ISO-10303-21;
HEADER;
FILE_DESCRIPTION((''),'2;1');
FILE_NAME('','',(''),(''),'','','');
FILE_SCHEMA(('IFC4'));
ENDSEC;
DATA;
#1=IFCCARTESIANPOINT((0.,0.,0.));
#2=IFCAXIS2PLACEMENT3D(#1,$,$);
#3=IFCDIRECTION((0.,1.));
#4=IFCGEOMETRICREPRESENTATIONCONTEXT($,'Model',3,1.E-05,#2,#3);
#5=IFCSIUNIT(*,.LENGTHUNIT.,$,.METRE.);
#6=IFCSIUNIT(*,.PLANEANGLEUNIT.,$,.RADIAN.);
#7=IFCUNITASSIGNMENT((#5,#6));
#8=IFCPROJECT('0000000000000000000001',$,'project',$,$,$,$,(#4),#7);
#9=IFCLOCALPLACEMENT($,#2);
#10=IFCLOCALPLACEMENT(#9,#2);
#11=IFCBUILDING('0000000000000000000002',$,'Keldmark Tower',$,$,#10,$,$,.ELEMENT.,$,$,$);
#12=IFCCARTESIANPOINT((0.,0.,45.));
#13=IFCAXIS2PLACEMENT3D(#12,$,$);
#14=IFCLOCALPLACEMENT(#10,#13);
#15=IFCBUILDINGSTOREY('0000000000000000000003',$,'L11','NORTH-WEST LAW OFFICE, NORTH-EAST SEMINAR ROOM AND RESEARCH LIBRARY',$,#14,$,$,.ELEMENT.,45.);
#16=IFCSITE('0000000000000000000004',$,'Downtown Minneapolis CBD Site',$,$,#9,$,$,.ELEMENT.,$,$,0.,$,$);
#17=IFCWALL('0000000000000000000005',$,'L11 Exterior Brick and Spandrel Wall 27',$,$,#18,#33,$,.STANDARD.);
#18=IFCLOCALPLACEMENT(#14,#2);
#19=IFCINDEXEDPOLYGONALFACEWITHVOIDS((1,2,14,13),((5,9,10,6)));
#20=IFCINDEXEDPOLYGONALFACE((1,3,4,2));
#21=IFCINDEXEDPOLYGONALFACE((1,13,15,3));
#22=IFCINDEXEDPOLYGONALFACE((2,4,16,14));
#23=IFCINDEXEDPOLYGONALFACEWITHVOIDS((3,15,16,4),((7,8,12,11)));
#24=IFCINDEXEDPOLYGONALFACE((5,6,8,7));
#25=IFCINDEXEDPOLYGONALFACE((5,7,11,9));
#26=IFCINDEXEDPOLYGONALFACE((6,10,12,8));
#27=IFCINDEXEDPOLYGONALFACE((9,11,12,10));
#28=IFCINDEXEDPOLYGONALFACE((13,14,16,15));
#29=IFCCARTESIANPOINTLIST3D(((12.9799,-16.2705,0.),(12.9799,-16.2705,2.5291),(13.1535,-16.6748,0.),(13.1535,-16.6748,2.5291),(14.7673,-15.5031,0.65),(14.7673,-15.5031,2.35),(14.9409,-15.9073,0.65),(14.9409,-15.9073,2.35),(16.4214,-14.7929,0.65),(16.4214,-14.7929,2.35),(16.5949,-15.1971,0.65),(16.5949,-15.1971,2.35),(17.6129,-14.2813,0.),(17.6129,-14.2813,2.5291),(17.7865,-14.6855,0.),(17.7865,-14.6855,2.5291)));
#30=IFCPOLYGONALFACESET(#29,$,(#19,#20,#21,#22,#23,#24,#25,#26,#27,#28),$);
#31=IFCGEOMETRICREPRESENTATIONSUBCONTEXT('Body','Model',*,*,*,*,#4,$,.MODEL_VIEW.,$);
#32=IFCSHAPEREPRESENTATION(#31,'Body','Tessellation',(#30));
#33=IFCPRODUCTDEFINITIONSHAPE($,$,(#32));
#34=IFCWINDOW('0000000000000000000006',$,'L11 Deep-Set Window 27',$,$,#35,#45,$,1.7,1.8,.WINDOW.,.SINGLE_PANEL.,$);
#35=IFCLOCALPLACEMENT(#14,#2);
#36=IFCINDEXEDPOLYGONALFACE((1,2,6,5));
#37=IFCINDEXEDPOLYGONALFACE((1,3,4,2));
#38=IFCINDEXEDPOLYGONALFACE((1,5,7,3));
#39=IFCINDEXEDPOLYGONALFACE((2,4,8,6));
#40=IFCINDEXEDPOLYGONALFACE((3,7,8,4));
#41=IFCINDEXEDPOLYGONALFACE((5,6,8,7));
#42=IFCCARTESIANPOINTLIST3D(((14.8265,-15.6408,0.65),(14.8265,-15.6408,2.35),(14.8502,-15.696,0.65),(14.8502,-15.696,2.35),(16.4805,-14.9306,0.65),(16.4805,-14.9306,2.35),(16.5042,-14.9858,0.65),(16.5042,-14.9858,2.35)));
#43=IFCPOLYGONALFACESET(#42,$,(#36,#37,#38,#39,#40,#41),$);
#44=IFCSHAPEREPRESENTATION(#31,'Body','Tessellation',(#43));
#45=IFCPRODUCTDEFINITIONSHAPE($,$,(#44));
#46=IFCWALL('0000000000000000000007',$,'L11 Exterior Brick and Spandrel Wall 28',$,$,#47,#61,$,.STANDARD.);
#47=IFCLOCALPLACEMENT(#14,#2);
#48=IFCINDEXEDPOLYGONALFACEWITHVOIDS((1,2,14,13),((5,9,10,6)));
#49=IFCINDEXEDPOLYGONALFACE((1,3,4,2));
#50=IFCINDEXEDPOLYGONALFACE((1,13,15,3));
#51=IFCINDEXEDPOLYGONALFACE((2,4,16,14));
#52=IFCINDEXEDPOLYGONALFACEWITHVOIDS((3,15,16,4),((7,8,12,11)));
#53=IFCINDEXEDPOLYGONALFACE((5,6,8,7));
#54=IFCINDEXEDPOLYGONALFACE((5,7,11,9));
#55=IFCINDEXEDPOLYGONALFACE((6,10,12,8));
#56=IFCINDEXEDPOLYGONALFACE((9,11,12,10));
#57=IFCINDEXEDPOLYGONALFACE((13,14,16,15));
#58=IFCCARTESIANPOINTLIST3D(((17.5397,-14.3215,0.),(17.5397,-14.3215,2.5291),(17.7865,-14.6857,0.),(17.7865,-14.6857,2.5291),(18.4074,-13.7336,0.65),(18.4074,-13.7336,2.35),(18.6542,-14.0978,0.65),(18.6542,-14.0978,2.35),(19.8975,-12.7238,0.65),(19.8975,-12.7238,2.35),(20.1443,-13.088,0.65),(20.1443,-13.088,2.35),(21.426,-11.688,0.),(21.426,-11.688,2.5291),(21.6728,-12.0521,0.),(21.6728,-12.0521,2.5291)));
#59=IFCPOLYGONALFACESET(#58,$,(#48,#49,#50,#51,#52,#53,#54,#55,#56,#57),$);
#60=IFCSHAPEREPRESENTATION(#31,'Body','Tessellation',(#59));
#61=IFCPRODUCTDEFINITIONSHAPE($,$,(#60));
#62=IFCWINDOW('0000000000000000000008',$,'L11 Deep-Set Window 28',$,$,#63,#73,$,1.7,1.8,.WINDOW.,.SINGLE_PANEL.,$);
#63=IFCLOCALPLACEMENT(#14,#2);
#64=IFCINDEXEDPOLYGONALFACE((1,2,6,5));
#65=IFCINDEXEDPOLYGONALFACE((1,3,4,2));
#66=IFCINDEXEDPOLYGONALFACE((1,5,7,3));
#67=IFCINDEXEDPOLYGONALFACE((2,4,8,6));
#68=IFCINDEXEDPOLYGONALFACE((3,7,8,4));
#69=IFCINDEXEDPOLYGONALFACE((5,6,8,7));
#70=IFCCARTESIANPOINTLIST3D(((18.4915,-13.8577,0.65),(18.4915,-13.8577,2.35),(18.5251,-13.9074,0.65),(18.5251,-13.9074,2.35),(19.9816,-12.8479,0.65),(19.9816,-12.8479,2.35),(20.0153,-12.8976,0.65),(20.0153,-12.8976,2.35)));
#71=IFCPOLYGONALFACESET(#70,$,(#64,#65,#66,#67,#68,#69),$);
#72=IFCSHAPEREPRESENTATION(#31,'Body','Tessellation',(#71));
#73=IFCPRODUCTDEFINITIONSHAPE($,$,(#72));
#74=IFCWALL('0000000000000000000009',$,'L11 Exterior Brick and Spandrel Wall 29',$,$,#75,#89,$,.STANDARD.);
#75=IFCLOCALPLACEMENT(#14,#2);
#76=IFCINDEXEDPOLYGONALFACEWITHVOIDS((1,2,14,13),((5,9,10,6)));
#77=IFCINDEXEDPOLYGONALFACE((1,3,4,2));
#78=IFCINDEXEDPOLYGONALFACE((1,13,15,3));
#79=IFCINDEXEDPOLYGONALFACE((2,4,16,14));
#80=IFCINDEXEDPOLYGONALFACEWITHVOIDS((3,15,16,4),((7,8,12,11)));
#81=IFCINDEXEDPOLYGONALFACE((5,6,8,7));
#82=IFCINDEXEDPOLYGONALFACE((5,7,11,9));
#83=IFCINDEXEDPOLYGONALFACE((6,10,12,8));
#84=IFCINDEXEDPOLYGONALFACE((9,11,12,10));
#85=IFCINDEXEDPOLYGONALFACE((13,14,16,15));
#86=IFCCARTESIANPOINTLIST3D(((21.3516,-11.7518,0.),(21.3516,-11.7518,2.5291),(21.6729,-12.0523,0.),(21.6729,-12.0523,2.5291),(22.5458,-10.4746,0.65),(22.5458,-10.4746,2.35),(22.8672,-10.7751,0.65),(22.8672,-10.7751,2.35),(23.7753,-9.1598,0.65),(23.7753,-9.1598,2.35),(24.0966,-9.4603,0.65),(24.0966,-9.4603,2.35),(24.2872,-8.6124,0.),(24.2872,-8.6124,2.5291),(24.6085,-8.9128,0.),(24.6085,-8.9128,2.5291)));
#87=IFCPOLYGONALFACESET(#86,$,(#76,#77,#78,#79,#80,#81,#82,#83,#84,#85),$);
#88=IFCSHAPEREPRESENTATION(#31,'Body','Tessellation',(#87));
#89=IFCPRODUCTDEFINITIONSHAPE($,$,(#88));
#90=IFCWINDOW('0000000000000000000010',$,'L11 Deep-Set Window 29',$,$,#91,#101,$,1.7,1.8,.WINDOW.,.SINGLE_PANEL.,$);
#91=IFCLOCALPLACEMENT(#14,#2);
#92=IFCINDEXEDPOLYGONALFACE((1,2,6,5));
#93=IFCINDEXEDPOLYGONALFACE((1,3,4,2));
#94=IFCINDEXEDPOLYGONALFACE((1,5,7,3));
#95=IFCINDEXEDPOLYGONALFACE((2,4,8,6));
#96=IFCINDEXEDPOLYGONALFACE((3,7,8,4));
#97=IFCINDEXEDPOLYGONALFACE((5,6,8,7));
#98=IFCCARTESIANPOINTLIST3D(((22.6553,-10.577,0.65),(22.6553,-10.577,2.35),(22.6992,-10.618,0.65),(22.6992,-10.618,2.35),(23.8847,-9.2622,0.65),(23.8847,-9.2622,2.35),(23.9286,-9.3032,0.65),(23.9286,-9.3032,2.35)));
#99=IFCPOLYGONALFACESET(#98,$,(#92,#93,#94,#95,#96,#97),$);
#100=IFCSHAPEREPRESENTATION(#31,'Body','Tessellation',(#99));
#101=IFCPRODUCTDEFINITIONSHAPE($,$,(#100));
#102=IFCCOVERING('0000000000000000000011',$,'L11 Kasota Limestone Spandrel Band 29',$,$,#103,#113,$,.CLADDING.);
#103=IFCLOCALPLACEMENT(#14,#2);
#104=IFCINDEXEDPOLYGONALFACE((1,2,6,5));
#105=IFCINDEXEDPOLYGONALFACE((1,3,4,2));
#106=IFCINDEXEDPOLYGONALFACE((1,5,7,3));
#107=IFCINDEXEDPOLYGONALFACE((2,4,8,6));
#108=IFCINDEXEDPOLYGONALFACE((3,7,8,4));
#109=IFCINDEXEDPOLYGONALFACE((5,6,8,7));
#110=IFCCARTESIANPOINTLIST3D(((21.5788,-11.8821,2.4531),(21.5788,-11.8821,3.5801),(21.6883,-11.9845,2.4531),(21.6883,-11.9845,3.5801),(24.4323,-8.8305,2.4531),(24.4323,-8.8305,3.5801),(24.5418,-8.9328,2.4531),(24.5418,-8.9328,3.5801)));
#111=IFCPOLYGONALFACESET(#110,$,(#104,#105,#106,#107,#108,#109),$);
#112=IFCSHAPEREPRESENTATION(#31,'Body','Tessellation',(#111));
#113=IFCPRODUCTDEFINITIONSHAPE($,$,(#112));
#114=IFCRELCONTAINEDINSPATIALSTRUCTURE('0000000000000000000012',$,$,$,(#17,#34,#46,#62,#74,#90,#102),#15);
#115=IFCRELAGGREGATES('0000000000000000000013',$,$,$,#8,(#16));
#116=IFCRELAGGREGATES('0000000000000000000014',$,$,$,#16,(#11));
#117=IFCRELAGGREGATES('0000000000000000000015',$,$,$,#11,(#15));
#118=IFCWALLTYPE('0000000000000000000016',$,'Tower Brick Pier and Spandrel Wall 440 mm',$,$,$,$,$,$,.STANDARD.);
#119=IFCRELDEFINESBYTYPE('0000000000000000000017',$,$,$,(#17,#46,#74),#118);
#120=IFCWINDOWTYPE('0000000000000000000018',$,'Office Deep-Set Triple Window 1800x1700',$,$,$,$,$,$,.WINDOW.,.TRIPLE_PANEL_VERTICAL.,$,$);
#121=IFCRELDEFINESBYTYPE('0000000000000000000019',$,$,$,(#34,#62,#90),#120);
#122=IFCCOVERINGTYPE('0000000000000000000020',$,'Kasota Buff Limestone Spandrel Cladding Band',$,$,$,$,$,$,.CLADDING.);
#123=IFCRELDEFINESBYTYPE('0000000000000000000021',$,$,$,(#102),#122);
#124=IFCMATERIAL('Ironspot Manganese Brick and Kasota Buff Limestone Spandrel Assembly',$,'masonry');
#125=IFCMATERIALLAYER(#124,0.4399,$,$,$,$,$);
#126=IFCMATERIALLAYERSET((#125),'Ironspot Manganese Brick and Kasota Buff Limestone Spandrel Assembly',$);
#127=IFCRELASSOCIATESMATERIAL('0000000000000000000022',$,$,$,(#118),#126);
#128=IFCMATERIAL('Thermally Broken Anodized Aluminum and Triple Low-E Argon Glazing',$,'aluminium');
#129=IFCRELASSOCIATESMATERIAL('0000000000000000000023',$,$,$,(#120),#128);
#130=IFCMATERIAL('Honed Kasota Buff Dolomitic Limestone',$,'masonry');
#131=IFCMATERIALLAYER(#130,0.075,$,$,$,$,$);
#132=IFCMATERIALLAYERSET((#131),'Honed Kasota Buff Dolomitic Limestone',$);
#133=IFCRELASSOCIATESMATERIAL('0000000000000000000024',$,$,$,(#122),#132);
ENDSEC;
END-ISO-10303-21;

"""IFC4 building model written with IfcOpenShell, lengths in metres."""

from ifc_helpers import new_model, si_unit, direction, frame, frame_2d, origin, origin_2d, place, context, subcontext, project, spatial, rectangle, extrude, material, layer, layer_set, type_object, element, fill, save


model = new_model("IFC4")

# Units and contexts
model_context = context("Model", 3, precision=1e-05, world=origin(), true_north=direction((0.0, 1.0)))
body_context = subcontext(model_context, "Body", "Model", "MODEL_VIEW")
ifc_project = project(units=[si_unit("LENGTHUNIT", "METRE"), si_unit("PLANEANGLEUNIT", "RADIAN")], contexts=[model_context])

# Site, building, storey
site_placement = place(None, origin())
site = spatial("IfcSite", under=ifc_project, at=site_placement, Name="Downtown Minneapolis CBD Site", CompositionType="ELEMENT", RefElevation=0.0)
building_placement = place(site_placement, origin())
building = spatial("IfcBuilding", under=site, at=building_placement, Name="Keldmark Tower", CompositionType="ELEMENT")
storey_placement = place(building_placement, frame((0.0, 0.0, 45.0)))
storey = spatial("IfcBuildingStorey", under=building, at=storey_placement, Name="L11", Description="NORTH-WEST LAW OFFICE, NORTH-EAST SEMINAR ROOM AND RESEARCH LIBRARY", CompositionType="ELEMENT", Elevation=45.0)

# Walls, openings, windows
ifc_material_1 = material(Name="Ironspot Manganese Brick and Kasota Buff Limestone Spandrel Assembly", Category="masonry")
ifc_layer_1 = layer(ifc_material_1, 0.4399)
ifc_layer_set_1 = layer_set([ifc_layer_1], Name="Ironspot Manganese Brick and Kasota Buff Limestone Spandrel Assembly")
wall_type_1 = type_object("IfcWallType", Name="Tower Brick Pier and Spandrel Wall 440 mm", PredefinedType="STANDARD", material=ifc_layer_set_1)
wall_1_placement = place(storey_placement, frame((17.6997, -14.4834, 0.0), z_axis=(0.0, 0.0, 1.0), x_axis=(-0.918882, -0.394533, 0.0)))
wall_1 = element("IfcWall", 1, at=wall_1_placement, inside=storey, type_object=wall_type_1, Name="L11 Exterior Brick and Spandrel Wall 27", PredefinedType="STANDARD", context=body_context, shape_type="SweptSolid", body=[
    extrude(rectangle(XDim=5.042, YDim=0.4399, at=frame_2d((2.521, 0.0))), origin(), (0.0, 0.0, 1.0), 2.5291),
])
opening_1_placement = place(wall_1_placement, frame((1.2969, 0.0, 0.6499)))
opening_1 = element("IfcOpeningElement", 2, at=opening_1_placement, cuts=wall_1, PredefinedType="OPENING", context=body_context, shape_type="SweptSolid", body=[
    extrude(rectangle(XDim=1.8, YDim=1.7, at=frame_2d((0.8999, 0.8501))), frame((0.0, 0.23, 0.0), z_axis=(0.0, -1.0, 0.0), x_axis=(1.0, 0.0, 0.0)), (0.0, 0.0, 1.0), 0.46),
])
ifc_material_2 = material(Name="Thermally Broken Anodized Aluminum and Triple Low-E Argon Glazing", Category="aluminium")
window_type = type_object("IfcWindowType", Name="Office Deep-Set Triple Window 1800x1700", PartitioningType="TRIPLE_PANEL_VERTICAL", PredefinedType="WINDOW", material=ifc_material_2)
window_1_placement = place(opening_1_placement, origin())
window_1 = element("IfcWindow", 3, at=window_1_placement, inside=storey, type_object=window_type, Name="L11 Deep-Set Window 27", OverallHeight=1.7, OverallWidth=1.8, PartitioningType="SINGLE_PANEL", PredefinedType="WINDOW", context=body_context, shape_type="SweptSolid", body=[
    extrude(rectangle(XDim=1.8, YDim=1.7, at=frame_2d((0.8999, 0.8501))), frame((0.0, -0.01, 0.0), z_axis=(0.0, -1.0, 0.0), x_axis=(1.0, 0.0, 0.0)), (0.0, 0.0, 1.0), 0.0601),
])
fill(opening_1, window_1)
wall_2_placement = place(storey_placement, frame((21.5493, -11.8701, 0.0), z_axis=(0.0, 0.0, 1.0), x_axis=(-0.827826, -0.560985, 0.0)))
wall_2 = element("IfcWall", 4, at=wall_2_placement, inside=storey, type_object=wall_type_1, Name="L11 Exterior Brick and Spandrel Wall 28", PredefinedType="STANDARD", context=body_context, shape_type="SweptSolid", body=[
    extrude(rectangle(XDim=4.6946, YDim=0.4399, at=frame_2d((2.3472, 0.0))), origin(), (0.0, 0.0, 1.0), 2.5291),
])
opening_2_placement = place(wall_2_placement, frame((1.8464, 0.0, 0.6499)))
opening_2 = element("IfcOpeningElement", 5, at=opening_2_placement, cuts=wall_2, PredefinedType="OPENING", context=body_context, shape_type="SweptSolid", body=[
    extrude(rectangle(XDim=1.8, YDim=1.7, at=frame_2d((0.8999, 0.8501))), frame((0.0, 0.23, 0.0), z_axis=(0.0, -1.0, 0.0), x_axis=(1.0, 0.0, 0.0)), (0.0, 0.0, 1.0), 0.46),
])
window_2_placement = place(opening_2_placement, origin())
window_2 = element("IfcWindow", 6, at=window_2_placement, inside=storey, type_object=window_type, Name="L11 Deep-Set Window 28", OverallHeight=1.7, OverallWidth=1.8, PartitioningType="SINGLE_PANEL", PredefinedType="WINDOW", context=body_context, shape_type="SweptSolid", body=[
    extrude(rectangle(XDim=1.8, YDim=1.7, at=frame_2d((0.8999, 0.8501))), frame((0.0, -0.01, 0.0), z_axis=(0.0, -1.0, 0.0), x_axis=(1.0, 0.0, 0.0)), (0.0, 0.0, 1.0), 0.0601),
])
fill(opening_2, window_2)
wall_3_placement = place(storey_placement, frame((24.4478, -8.7627, 0.0), z_axis=(0.0, 0.0, 1.0), x_axis=(-0.682994, -0.730424, 0.0)))
wall_3 = element("IfcWall", 7, at=wall_3_placement, inside=storey, type_object=wall_type_1, Name="L11 Exterior Brick and Spandrel Wall 29", PredefinedType="STANDARD", context=body_context, shape_type="SweptSolid", body=[
    extrude(rectangle(XDim=4.2981, YDim=0.4399, at=frame_2d((2.1489, 0.0))), origin(), (0.0, 0.0, 1.0), 2.5291),
])
opening_3_placement = place(wall_3_placement, frame((0.7495, 0.0, 0.6499)))
opening_3 = element("IfcOpeningElement", 8, at=opening_3_placement, cuts=wall_3, PredefinedType="OPENING", context=body_context, shape_type="SweptSolid", body=[
    extrude(rectangle(XDim=1.8, YDim=1.7, at=frame_2d((0.8999, 0.8501))), frame((0.0, 0.23, 0.0), z_axis=(0.0, -1.0, 0.0), x_axis=(1.0, 0.0, 0.0)), (0.0, 0.0, 1.0), 0.46),
])
window_3_placement = place(opening_3_placement, origin())
window_3 = element("IfcWindow", 9, at=window_3_placement, inside=storey, type_object=window_type, Name="L11 Deep-Set Window 29", OverallHeight=1.7, OverallWidth=1.8, PartitioningType="SINGLE_PANEL", PredefinedType="WINDOW", context=body_context, shape_type="SweptSolid", body=[
    extrude(rectangle(XDim=1.8, YDim=1.7, at=frame_2d((0.8999, 0.8501))), frame((0.0, -0.01, 0.0), z_axis=(0.0, -1.0, 0.0), x_axis=(1.0, 0.0, 0.0)), (0.0, 0.0, 1.0), 0.0601),
])
fill(opening_3, window_3)

# Covering
ifc_material_3 = material(Name="Honed Kasota Buff Dolomitic Limestone", Category="masonry")
ifc_layer_2 = layer(ifc_material_3, 0.075)
ifc_layer_set_2 = layer_set([ifc_layer_2], Name="Honed Kasota Buff Dolomitic Limestone")
covering_type = type_object("IfcCoveringType", Name="Kasota Buff Limestone Spandrel Cladding Band", PredefinedType="CLADDING", material=ifc_layer_set_2)
covering_placement = place(storey_placement, frame((23.0603, -10.4075, 2.4531), z_axis=(0.0, 0.0, 1.0), x_axis=(0.683006, 0.730413, 0.0)))
element("IfcCovering", 10, at=covering_placement, inside=storey, type_object=covering_type, Name="L11 Kasota Limestone Spandrel Band 29", PredefinedType="CLADDING", context=body_context, shape_type="SweptSolid", body=[
    extrude(rectangle(XDim=4.178, YDim=0.1499, at=origin_2d()), origin(), (0.0, 0.0, 1.0), 1.127),
])

save(model, "model.ifc")
